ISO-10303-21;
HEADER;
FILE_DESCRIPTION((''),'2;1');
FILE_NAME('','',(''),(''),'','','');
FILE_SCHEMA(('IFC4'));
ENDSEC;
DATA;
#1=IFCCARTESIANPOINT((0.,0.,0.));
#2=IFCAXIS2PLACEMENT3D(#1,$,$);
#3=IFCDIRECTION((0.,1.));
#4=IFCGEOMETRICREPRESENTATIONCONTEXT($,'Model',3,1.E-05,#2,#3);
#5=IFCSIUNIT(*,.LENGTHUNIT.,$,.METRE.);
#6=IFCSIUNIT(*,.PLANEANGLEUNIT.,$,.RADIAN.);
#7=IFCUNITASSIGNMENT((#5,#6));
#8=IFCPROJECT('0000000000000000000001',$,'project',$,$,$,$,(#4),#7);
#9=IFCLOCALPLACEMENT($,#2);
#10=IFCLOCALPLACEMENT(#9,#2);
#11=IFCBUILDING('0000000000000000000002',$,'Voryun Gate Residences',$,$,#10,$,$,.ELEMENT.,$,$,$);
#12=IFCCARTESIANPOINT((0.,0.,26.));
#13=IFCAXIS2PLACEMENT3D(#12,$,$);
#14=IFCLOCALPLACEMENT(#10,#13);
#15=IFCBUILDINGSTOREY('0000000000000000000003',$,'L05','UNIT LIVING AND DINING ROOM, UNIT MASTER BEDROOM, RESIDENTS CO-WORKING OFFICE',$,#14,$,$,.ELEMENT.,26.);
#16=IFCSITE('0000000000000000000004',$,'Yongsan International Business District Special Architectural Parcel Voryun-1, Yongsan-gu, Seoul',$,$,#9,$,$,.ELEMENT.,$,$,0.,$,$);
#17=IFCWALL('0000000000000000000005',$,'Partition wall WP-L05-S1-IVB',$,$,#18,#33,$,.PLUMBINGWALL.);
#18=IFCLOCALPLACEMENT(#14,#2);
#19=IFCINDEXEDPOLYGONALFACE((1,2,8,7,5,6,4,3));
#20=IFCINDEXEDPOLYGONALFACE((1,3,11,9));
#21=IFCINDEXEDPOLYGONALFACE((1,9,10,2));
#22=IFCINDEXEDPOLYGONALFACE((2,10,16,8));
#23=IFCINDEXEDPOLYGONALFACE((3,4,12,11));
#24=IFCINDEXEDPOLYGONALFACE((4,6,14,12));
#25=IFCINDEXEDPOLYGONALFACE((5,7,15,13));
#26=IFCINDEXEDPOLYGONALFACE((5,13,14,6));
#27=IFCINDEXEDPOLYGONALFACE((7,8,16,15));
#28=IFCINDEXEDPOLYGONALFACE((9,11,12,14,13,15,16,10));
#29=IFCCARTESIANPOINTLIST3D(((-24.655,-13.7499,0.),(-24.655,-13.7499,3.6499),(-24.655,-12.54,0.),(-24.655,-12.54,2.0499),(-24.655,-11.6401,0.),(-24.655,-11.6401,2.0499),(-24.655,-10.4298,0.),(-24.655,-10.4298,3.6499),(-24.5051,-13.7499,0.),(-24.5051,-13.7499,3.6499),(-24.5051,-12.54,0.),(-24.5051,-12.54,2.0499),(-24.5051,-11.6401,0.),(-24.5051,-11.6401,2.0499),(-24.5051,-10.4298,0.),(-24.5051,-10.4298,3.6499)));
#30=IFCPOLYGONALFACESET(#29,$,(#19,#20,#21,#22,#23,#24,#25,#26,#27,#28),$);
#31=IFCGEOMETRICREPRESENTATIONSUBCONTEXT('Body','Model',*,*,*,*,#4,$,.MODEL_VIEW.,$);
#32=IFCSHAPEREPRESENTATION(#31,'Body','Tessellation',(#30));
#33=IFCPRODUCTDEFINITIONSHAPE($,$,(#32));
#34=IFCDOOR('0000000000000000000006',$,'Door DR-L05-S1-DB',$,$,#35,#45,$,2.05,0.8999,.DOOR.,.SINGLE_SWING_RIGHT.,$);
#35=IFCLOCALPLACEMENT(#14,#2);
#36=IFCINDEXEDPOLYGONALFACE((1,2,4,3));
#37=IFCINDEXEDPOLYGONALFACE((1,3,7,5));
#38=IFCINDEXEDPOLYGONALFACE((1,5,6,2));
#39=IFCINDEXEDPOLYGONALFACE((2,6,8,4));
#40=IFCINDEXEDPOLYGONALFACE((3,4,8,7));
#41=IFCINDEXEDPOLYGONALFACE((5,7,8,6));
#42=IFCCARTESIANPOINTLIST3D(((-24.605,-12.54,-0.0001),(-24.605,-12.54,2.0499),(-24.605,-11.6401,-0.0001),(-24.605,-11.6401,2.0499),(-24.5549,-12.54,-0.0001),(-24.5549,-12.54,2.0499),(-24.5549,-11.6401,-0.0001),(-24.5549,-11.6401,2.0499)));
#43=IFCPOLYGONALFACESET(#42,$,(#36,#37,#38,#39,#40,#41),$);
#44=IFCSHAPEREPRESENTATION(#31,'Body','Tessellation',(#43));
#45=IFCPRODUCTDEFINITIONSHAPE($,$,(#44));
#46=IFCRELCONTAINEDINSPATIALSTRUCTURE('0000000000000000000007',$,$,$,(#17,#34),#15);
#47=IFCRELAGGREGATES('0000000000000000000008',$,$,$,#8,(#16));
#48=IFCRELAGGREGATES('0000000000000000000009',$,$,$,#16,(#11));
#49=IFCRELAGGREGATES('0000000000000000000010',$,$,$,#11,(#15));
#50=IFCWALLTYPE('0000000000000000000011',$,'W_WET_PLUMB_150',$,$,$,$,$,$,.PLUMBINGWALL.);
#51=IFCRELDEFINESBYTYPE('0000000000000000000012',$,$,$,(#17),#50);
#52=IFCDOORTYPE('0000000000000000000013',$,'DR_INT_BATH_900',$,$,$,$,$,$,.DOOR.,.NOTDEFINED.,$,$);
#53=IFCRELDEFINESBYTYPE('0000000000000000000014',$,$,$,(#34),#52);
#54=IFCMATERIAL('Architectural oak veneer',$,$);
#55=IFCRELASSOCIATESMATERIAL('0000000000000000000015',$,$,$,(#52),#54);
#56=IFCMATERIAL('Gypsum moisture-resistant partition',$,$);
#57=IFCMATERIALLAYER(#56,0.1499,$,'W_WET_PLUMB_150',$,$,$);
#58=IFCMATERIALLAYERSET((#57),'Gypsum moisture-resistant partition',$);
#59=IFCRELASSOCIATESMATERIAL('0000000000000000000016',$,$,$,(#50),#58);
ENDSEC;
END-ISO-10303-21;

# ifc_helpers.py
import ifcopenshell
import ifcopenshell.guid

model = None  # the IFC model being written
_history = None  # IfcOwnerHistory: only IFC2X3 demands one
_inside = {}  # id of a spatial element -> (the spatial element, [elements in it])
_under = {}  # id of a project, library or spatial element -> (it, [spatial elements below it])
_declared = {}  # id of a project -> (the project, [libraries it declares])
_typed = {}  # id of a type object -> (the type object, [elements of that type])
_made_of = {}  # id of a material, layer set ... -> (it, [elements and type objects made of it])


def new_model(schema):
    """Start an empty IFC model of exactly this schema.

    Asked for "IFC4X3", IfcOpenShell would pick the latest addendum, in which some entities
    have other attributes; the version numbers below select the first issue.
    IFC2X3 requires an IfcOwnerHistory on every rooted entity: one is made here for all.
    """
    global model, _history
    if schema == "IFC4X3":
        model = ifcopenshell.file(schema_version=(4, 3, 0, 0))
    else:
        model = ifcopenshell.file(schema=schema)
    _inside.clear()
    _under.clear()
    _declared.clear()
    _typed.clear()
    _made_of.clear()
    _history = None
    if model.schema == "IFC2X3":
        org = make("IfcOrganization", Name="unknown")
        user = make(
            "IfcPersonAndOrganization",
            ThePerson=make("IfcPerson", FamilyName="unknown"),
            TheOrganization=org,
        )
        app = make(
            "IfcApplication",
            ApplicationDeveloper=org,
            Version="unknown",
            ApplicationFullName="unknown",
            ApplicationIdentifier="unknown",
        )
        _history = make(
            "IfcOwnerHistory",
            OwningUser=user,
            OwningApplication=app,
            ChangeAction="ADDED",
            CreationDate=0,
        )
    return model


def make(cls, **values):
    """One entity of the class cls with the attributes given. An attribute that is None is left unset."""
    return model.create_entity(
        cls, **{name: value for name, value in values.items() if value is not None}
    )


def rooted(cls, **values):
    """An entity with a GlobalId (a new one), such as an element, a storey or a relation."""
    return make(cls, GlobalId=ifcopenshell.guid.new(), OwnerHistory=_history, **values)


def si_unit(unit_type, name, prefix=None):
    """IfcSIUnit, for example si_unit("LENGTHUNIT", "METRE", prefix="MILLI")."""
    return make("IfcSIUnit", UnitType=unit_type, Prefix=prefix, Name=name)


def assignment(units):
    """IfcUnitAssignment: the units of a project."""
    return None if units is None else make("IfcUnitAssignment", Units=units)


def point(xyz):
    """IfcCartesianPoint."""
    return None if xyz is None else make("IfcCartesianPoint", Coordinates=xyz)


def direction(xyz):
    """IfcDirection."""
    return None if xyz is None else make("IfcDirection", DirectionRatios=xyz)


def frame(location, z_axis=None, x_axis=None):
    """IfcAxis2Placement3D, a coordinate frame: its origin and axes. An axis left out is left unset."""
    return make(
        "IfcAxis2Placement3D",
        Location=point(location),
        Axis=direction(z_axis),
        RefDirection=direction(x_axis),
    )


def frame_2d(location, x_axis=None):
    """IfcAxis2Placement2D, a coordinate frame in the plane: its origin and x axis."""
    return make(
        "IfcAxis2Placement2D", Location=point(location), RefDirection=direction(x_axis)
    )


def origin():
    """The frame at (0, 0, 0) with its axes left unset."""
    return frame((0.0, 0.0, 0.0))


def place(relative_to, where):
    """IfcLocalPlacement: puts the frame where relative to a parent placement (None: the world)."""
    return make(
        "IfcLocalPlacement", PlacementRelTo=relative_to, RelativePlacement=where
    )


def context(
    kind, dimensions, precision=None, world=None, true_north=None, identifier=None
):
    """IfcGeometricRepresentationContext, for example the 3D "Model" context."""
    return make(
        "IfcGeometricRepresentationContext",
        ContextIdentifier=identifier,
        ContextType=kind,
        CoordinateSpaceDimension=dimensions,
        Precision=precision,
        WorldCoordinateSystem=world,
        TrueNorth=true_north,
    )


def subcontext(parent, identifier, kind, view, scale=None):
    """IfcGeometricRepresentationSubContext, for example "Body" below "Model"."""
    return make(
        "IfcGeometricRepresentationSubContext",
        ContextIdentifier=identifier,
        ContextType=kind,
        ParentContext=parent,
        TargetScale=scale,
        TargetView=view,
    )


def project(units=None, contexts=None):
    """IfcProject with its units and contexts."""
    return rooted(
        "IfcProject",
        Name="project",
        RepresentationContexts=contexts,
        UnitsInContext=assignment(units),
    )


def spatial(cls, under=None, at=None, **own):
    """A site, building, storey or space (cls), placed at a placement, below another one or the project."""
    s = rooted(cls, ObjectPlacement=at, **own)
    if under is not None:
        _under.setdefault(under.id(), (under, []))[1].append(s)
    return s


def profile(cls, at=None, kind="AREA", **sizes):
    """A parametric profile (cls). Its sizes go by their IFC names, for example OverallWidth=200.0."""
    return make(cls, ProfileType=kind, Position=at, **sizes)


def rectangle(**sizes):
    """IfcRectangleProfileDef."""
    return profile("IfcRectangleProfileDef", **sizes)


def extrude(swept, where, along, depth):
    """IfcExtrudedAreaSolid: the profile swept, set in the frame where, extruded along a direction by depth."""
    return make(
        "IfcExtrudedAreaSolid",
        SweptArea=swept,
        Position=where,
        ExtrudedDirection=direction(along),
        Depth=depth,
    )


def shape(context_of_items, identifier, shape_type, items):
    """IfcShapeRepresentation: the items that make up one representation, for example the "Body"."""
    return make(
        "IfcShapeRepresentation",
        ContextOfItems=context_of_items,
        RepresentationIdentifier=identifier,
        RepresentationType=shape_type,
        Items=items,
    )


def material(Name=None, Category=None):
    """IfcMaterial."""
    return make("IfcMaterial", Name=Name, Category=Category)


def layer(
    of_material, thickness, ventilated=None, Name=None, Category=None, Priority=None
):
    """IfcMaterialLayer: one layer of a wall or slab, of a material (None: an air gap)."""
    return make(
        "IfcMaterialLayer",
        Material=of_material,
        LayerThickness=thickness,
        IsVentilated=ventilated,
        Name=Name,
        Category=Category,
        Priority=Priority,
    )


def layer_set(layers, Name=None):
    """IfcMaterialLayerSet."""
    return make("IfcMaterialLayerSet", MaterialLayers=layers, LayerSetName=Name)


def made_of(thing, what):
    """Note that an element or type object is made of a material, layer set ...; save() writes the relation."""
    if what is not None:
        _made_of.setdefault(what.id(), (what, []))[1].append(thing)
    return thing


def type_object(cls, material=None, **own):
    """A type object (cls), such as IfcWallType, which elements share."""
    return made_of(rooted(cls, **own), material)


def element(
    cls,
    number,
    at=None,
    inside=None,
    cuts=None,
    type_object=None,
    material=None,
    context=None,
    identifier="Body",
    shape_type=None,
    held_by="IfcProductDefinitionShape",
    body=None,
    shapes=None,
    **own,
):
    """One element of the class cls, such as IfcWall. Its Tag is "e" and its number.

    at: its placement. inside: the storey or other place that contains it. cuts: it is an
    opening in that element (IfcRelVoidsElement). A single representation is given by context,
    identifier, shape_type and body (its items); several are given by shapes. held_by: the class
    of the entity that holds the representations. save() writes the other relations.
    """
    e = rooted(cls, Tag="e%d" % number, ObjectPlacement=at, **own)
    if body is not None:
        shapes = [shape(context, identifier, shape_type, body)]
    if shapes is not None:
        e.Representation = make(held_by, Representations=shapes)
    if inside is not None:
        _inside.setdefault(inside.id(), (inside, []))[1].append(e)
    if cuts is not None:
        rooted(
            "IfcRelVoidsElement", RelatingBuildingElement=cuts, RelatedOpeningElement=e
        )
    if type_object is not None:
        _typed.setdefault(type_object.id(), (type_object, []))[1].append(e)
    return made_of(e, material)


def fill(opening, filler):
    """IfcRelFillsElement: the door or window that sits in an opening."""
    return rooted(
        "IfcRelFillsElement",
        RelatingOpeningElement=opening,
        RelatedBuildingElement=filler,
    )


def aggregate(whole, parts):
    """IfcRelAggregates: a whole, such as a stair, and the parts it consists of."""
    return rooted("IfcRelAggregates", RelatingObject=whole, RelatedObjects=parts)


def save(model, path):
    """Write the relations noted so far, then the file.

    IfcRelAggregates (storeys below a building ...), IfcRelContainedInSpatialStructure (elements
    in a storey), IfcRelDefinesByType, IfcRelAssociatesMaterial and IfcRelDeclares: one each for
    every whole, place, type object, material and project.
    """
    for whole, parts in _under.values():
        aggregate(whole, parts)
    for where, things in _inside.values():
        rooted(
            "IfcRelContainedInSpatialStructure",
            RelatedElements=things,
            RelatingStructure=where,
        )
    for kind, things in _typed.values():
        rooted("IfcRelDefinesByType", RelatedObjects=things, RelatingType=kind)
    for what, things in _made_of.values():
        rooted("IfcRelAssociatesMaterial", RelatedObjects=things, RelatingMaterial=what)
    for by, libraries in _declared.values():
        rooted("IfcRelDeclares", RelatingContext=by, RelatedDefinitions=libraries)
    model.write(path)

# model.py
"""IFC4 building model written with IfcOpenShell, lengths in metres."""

from ifc_helpers import new_model, si_unit, direction, frame, frame_2d, origin, place, context, subcontext, project, spatial, rectangle, extrude, material, layer, layer_set, type_object, element, fill, save


model = new_model("IFC4")

# Units and contexts
model_context = context("Model", 3, precision=1e-05, world=origin(), true_north=direction((0.0, 1.0)))
body_context = subcontext(model_context, "Body", "Model", "MODEL_VIEW")
ifc_project = project(units=[si_unit("LENGTHUNIT", "METRE"), si_unit("PLANEANGLEUNIT", "RADIAN")], contexts=[model_context])

# Site, building, storey
site_placement = place(None, origin())
site = spatial("IfcSite", under=ifc_project, at=site_placement, Name="Yongsan International Business District Special Architectural Parcel Voryun-1, Yongsan-gu, Seoul", CompositionType="ELEMENT", RefElevation=0.0)
building_placement = place(site_placement, origin())
building = spatial("IfcBuilding", under=site, at=building_placement, Name="Voryun Gate Residences", CompositionType="ELEMENT")
storey_placement = place(building_placement, frame((0.0, 0.0, 26.0)))
storey = spatial("IfcBuildingStorey", under=building, at=storey_placement, Name="L05", Description="UNIT LIVING AND DINING ROOM, UNIT MASTER BEDROOM, RESIDENTS CO-WORKING OFFICE", CompositionType="ELEMENT", Elevation=26.0)

# Shared definitions
ifc_material_1 = material(Name="Architectural oak veneer")
door_type_1 = type_object("IfcDoorType", Name="DR_INT_BATH_900", OperationType="NOTDEFINED", PredefinedType="DOOR", material=ifc_material_1)

# Shared definitions
ifc_material_2 = material(Name="Gypsum moisture-resistant partition")
ifc_layer_1 = layer(ifc_material_2, 0.1499, Name="W_WET_PLUMB_150")
ifc_layer_set_1 = layer_set([ifc_layer_1], Name="Gypsum moisture-resistant partition")
wall_type_1 = type_object("IfcWallType", Name="W_WET_PLUMB_150", PredefinedType="PLUMBINGWALL", material=ifc_layer_set_1)

# Wall, opening, door
wall_1_placement = place(storey_placement, frame((-24.5801, -13.75, 0.0), z_axis=(0.0, 0.0, 1.0), x_axis=(0.0, 1.0, 0.0)))
wall_1 = element("IfcWall", 1, at=wall_1_placement, inside=storey, type_object=wall_type_1, Name="Partition wall WP-L05-S1-IVB", PredefinedType="PLUMBINGWALL", context=body_context, shape_type="SweptSolid", body=[
    extrude(rectangle(XDim=3.3201, YDim=0.1499, at=frame_2d((1.6602, 0.0))), origin(), (0.0, 0.0, 1.0), 3.6499),
])
opening_1_placement = place(wall_1_placement, frame((1.21, 0.0, 0.0)))
opening_1 = element("IfcOpeningElement", 2, at=opening_1_placement, cuts=wall_1, PredefinedType="OPENING", context=body_context, shape_type="SweptSolid", body=[
    extrude(rectangle(XDim=0.8999, YDim=2.05, at=frame_2d((0.45, 1.0249))), frame((0.0, 0.085, 0.0), z_axis=(0.0, -1.0, 0.0), x_axis=(1.0, 0.0, 0.0)), (0.0, 0.0, 1.0), 0.1699),
])
door_1_placement = place(opening_1_placement, origin())
door_1 = element("IfcDoor", 3, at=door_1_placement, inside=storey, type_object=door_type_1, Name="Door DR-L05-S1-DB", OperationType="SINGLE_SWING_RIGHT", OverallHeight=2.05, OverallWidth=0.8999, PredefinedType="DOOR", context=body_context, shape_type="SweptSolid", body=[
    extrude(rectangle(XDim=0.8999, YDim=2.05, at=frame_2d((0.45, 1.0249))), frame((0.0, 0.0249, 0.0), z_axis=(0.0, -1.0, 0.0), x_axis=(1.0, 0.0, 0.0)), (0.0, 0.0, 1.0), 0.05),
])
fill(opening_1, door_1)

save(model, "model.ifc")
